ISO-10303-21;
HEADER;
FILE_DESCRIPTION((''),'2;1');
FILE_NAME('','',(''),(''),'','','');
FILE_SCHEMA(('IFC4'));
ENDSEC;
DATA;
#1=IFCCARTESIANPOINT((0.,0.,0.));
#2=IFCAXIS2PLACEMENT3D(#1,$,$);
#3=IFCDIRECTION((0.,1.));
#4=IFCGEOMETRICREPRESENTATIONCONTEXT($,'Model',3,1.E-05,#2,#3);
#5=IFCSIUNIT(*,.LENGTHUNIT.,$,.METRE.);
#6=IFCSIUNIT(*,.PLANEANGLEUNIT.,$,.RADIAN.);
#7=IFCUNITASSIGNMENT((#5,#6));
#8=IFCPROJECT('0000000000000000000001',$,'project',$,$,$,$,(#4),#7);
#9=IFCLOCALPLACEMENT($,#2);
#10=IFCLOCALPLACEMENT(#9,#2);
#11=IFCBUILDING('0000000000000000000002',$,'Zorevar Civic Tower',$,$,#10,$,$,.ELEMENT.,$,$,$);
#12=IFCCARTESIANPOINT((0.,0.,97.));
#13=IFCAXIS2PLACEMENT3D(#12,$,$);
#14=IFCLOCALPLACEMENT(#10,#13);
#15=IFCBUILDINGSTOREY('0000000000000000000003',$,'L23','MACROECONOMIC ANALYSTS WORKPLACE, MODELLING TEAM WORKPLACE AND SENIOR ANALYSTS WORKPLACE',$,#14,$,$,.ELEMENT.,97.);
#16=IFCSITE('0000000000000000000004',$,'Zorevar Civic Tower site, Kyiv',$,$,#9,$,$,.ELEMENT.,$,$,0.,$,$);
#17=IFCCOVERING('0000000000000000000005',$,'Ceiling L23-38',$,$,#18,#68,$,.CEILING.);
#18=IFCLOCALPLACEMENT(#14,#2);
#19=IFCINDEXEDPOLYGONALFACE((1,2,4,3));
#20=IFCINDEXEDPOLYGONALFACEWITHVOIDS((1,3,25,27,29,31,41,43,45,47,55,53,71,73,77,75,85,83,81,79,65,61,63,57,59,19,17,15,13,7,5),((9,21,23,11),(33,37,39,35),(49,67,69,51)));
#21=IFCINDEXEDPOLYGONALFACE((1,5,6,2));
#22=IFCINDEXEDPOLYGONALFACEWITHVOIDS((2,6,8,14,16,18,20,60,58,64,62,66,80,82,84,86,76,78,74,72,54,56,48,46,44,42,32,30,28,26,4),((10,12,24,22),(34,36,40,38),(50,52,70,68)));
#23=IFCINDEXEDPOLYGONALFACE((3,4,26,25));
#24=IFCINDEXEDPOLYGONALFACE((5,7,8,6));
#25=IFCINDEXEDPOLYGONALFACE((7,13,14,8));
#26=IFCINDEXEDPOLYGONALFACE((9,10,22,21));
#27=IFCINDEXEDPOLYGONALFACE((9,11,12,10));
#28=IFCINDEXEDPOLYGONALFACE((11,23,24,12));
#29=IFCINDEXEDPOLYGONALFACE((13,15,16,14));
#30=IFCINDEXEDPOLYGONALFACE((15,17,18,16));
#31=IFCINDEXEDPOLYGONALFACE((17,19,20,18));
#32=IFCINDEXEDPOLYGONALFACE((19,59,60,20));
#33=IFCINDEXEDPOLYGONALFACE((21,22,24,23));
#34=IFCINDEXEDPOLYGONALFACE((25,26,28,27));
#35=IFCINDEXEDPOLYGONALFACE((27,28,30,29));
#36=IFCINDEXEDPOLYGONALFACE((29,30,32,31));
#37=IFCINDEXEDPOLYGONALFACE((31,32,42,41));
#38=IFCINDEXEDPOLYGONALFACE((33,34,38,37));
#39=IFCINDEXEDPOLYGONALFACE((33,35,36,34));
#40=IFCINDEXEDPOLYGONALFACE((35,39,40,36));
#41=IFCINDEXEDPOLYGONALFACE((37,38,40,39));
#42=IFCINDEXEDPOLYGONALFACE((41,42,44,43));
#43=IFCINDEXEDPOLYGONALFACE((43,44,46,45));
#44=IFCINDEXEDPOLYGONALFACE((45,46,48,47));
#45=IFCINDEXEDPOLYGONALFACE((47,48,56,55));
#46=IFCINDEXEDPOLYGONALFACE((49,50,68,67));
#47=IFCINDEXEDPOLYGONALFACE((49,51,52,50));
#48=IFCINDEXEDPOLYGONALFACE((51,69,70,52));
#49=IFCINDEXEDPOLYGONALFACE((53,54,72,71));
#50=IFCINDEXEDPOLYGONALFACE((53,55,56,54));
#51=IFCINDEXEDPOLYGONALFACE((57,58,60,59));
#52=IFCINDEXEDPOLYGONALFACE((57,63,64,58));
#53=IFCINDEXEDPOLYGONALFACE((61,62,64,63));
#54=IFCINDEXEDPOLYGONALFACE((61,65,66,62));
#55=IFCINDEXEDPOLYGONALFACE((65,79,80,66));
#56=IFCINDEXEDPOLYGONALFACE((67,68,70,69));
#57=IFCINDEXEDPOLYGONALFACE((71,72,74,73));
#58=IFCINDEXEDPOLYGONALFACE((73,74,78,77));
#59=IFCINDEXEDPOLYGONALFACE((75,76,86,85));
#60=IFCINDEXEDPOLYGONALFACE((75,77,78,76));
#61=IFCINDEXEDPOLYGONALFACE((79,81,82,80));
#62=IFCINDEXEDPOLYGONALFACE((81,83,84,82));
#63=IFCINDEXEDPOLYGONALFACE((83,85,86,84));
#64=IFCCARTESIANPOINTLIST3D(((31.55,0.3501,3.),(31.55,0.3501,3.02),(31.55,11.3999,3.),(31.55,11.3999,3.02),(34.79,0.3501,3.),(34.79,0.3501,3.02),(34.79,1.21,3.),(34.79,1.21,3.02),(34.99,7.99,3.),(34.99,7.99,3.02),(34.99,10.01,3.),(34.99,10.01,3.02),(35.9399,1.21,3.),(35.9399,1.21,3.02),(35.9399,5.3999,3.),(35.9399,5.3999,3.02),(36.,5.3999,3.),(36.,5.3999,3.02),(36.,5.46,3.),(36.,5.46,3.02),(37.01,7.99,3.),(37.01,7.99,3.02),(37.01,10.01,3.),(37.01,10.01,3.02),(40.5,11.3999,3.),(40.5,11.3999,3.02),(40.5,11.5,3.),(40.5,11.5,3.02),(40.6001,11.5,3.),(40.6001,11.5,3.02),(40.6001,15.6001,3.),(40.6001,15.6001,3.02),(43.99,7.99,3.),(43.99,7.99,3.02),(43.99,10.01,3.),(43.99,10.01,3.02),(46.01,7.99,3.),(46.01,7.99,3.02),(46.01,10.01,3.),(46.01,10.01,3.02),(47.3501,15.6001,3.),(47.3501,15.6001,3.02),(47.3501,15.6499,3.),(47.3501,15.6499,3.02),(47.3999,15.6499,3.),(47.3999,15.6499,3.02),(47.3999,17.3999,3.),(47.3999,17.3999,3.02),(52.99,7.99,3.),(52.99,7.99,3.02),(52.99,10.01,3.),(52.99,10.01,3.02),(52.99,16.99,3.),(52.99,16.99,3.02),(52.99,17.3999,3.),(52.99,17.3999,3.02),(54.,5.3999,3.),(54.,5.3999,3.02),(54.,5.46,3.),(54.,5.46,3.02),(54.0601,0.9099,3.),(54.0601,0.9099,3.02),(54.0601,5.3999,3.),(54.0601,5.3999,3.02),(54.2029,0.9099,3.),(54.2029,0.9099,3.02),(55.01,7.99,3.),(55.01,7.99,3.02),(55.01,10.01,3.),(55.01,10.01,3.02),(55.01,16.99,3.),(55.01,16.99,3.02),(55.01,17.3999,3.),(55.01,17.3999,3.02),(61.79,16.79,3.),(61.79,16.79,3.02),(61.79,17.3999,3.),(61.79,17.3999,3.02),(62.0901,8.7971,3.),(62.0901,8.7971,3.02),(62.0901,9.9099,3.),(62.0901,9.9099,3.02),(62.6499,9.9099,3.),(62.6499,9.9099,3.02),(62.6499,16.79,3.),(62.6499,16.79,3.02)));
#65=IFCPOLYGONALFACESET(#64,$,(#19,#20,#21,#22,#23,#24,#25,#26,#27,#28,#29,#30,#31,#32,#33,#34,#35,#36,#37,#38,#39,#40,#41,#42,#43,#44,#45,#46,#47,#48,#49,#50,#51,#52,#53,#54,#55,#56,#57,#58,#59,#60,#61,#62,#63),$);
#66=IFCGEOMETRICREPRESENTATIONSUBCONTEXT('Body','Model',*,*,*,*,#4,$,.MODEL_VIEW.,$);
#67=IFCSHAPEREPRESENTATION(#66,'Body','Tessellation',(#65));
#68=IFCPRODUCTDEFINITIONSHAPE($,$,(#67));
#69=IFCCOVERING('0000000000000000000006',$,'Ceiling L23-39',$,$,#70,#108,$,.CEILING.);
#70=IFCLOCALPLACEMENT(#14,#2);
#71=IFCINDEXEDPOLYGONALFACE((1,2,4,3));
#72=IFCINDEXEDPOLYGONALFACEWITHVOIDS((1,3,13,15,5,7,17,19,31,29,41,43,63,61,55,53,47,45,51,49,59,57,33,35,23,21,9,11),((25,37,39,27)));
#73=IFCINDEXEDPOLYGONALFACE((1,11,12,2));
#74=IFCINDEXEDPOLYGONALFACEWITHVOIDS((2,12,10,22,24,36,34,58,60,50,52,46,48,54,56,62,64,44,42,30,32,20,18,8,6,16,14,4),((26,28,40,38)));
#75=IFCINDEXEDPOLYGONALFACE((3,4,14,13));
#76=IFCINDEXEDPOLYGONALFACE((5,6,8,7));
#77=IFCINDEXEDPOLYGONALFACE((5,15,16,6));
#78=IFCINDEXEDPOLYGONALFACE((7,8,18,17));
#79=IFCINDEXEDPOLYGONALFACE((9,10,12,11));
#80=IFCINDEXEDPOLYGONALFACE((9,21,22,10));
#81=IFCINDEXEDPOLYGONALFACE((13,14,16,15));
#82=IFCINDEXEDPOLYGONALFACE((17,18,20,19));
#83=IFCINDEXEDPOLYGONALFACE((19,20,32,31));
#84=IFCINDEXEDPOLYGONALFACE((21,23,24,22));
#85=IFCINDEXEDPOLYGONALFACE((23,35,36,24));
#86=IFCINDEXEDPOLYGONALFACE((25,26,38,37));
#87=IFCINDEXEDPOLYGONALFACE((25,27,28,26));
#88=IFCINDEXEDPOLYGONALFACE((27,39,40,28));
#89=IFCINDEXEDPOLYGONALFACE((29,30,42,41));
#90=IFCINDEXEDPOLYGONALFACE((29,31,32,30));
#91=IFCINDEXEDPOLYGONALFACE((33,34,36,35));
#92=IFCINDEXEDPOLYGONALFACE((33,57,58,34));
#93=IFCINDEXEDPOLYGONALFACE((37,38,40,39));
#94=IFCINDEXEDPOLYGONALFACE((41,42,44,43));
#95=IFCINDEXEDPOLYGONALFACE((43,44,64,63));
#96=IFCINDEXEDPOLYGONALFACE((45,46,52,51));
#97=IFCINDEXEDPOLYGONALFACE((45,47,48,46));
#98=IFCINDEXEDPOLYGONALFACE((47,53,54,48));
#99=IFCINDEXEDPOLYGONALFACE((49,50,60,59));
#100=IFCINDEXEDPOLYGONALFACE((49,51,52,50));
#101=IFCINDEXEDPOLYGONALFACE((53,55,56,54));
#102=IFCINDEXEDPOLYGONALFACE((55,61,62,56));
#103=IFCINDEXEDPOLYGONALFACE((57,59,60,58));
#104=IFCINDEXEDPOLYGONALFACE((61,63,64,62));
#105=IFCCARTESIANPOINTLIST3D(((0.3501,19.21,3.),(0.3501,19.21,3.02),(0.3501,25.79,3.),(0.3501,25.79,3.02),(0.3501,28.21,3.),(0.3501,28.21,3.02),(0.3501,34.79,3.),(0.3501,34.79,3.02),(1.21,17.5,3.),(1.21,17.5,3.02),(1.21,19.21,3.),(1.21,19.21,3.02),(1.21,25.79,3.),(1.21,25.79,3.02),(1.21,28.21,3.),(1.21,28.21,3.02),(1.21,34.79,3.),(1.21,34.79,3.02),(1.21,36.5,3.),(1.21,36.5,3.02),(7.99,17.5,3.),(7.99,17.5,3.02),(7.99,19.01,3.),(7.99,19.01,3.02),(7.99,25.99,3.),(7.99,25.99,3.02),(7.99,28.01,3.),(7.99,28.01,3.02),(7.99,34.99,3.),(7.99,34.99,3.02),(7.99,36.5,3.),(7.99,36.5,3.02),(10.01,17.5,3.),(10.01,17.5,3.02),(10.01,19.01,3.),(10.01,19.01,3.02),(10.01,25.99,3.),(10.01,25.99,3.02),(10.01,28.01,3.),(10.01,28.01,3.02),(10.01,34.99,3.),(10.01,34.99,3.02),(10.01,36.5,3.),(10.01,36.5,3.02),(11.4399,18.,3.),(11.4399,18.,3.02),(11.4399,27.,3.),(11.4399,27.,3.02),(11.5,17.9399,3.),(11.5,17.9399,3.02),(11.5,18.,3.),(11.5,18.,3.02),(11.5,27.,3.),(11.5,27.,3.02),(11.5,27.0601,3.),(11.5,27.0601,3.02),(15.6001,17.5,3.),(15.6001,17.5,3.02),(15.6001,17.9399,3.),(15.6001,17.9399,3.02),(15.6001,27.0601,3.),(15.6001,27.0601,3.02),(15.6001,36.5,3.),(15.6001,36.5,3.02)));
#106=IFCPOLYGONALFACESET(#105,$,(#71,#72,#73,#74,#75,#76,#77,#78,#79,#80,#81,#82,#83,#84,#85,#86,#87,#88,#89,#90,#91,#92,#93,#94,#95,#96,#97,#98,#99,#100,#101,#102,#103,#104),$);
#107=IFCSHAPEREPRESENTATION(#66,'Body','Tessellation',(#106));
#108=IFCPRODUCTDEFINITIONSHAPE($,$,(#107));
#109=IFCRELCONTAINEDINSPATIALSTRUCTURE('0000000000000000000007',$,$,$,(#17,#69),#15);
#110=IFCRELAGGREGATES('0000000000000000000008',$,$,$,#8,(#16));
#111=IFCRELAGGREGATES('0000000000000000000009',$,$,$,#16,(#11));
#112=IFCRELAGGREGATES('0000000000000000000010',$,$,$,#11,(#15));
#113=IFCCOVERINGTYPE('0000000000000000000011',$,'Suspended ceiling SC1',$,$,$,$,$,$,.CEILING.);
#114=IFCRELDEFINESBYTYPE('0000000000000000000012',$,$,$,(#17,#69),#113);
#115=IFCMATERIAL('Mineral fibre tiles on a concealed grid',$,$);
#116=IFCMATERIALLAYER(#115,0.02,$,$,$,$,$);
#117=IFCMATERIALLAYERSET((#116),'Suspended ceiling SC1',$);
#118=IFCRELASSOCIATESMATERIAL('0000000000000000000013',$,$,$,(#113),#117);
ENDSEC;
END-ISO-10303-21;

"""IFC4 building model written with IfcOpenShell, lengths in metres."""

from ifc_helpers import new_model, si_unit, direction, frame, origin, place, context, subcontext, project, spatial, polyline, outline, extrude, material, layer, layer_set, type_object, element, save


model = new_model("IFC4")

# Units and contexts
model_context = context("Model", 3, precision=1e-05, world=origin(), true_north=direction((0.0, 1.0)))
body_context = subcontext(model_context, "Body", "Model", "MODEL_VIEW")
ifc_project = project(units=[si_unit("LENGTHUNIT", "METRE"), si_unit("PLANEANGLEUNIT", "RADIAN")], contexts=[model_context])

# Site, building, storey
site_placement = place(None, origin())
site = spatial("IfcSite", under=ifc_project, at=site_placement, Name="Zorevar Civic Tower site, Kyiv", CompositionType="ELEMENT", RefElevation=0.0)
building_placement = place(site_placement, origin())
building = spatial("IfcBuilding", under=site, at=building_placement, Name="Zorevar Civic Tower", CompositionType="ELEMENT")
storey_placement = place(building_placement, frame((0.0, 0.0, 97.0)))
storey = spatial("IfcBuildingStorey", under=building, at=storey_placement, Name="L23", Description="MACROECONOMIC ANALYSTS WORKPLACE, MODELLING TEAM WORKPLACE AND SENIOR ANALYSTS WORKPLACE", CompositionType="ELEMENT", Elevation=97.0)

# Coverings
ifc_material_1 = material(Name="Mineral fibre tiles on a concealed grid")
ifc_layer_1 = layer(ifc_material_1, 0.02)
ifc_layer_set_1 = layer_set([ifc_layer_1], Name="Suspended ceiling SC1")
covering_type_1 = type_object("IfcCoveringType", Name="Suspended ceiling SC1", PredefinedType="CEILING", material=ifc_layer_set_1)
covering_1_placement = place(storey_placement, frame((0.0, 0.0, 3.0)))
element("IfcCovering", 1, at=covering_1_placement, inside=storey, type_object=covering_type_1, Name="Ceiling L23-38", PredefinedType="CEILING", context=body_context, shape_type="SweptSolid", body=[
    extrude(outline(polyline([(62.0901, 9.9099), (62.0901, 8.7971), (54.2029, 0.9099), (54.0601, 0.9099), (54.0601, 5.3999), (54.0, 5.3999), (54.0, 5.46), (36.0, 5.46), (36.0, 5.3999), (35.9399, 5.3999), (35.9399, 1.21), (34.79, 1.21), (34.79, 0.3501), (31.55, 0.3501), (31.55, 11.3999), (40.5, 11.3999), (40.5, 11.5), (40.6001, 11.5), (40.6001, 15.6001), (47.3501, 15.6001), (47.3501, 15.6499), (47.3999, 15.6499), (47.3999, 17.3999), (52.99, 17.3999), (52.99, 16.99), (55.01, 16.99), (55.01, 17.3999), (61.79, 17.3999), (61.79, 16.79), (62.6499, 16.79), (62.6499, 9.9099), (62.0901, 9.9099)]), holes=[polyline([(37.01, 7.99), (37.01, 10.01), (34.99, 10.01), (34.99, 7.99), (37.01, 7.99)]), polyline([(43.99, 7.99), (46.01, 7.99), (46.01, 10.01), (43.99, 10.01), (43.99, 7.99)]), polyline([(55.01, 10.01), (52.99, 10.01), (52.99, 7.99), (55.01, 7.99), (55.01, 10.01)])]), origin(), (0.0, 0.0, 1.0), 0.02),
])
covering_2_placement = place(storey_placement, frame((0.0, 0.0, 3.0)))
element("IfcCovering", 2, at=covering_2_placement, inside=storey, type_object=covering_type_1, Name="Ceiling L23-39", PredefinedType="CEILING", context=body_context, shape_type="SweptSolid", body=[
    extrude(outline(polyline([(10.01, 17.5), (10.01, 19.01), (7.99, 19.01), (7.99, 17.5), (1.21, 17.5), (1.21, 19.21), (0.3501, 19.21), (0.3501, 25.79), (1.21, 25.79), (1.21, 28.21), (0.3501, 28.21), (0.3501, 34.79), (1.21, 34.79), (1.21, 36.5), (7.99, 36.5), (7.99, 34.99), (10.01, 34.99), (10.01, 36.5), (15.6001, 36.5), (15.6001, 27.0601), (11.5, 27.0601), (11.5, 27.0), (11.4399, 27.0), (11.4399, 18.0), (11.5, 18.0), (11.5, 17.9399), (15.6001, 17.9399), (15.6001, 17.5), (10.01, 17.5)]), holes=[polyline([(7.99, 28.01), (7.99, 25.99), (10.01, 25.99), (10.01, 28.01), (7.99, 28.01)])]), origin(), (0.0, 0.0, 1.0), 0.02),
])

save(model, "model.ifc")
